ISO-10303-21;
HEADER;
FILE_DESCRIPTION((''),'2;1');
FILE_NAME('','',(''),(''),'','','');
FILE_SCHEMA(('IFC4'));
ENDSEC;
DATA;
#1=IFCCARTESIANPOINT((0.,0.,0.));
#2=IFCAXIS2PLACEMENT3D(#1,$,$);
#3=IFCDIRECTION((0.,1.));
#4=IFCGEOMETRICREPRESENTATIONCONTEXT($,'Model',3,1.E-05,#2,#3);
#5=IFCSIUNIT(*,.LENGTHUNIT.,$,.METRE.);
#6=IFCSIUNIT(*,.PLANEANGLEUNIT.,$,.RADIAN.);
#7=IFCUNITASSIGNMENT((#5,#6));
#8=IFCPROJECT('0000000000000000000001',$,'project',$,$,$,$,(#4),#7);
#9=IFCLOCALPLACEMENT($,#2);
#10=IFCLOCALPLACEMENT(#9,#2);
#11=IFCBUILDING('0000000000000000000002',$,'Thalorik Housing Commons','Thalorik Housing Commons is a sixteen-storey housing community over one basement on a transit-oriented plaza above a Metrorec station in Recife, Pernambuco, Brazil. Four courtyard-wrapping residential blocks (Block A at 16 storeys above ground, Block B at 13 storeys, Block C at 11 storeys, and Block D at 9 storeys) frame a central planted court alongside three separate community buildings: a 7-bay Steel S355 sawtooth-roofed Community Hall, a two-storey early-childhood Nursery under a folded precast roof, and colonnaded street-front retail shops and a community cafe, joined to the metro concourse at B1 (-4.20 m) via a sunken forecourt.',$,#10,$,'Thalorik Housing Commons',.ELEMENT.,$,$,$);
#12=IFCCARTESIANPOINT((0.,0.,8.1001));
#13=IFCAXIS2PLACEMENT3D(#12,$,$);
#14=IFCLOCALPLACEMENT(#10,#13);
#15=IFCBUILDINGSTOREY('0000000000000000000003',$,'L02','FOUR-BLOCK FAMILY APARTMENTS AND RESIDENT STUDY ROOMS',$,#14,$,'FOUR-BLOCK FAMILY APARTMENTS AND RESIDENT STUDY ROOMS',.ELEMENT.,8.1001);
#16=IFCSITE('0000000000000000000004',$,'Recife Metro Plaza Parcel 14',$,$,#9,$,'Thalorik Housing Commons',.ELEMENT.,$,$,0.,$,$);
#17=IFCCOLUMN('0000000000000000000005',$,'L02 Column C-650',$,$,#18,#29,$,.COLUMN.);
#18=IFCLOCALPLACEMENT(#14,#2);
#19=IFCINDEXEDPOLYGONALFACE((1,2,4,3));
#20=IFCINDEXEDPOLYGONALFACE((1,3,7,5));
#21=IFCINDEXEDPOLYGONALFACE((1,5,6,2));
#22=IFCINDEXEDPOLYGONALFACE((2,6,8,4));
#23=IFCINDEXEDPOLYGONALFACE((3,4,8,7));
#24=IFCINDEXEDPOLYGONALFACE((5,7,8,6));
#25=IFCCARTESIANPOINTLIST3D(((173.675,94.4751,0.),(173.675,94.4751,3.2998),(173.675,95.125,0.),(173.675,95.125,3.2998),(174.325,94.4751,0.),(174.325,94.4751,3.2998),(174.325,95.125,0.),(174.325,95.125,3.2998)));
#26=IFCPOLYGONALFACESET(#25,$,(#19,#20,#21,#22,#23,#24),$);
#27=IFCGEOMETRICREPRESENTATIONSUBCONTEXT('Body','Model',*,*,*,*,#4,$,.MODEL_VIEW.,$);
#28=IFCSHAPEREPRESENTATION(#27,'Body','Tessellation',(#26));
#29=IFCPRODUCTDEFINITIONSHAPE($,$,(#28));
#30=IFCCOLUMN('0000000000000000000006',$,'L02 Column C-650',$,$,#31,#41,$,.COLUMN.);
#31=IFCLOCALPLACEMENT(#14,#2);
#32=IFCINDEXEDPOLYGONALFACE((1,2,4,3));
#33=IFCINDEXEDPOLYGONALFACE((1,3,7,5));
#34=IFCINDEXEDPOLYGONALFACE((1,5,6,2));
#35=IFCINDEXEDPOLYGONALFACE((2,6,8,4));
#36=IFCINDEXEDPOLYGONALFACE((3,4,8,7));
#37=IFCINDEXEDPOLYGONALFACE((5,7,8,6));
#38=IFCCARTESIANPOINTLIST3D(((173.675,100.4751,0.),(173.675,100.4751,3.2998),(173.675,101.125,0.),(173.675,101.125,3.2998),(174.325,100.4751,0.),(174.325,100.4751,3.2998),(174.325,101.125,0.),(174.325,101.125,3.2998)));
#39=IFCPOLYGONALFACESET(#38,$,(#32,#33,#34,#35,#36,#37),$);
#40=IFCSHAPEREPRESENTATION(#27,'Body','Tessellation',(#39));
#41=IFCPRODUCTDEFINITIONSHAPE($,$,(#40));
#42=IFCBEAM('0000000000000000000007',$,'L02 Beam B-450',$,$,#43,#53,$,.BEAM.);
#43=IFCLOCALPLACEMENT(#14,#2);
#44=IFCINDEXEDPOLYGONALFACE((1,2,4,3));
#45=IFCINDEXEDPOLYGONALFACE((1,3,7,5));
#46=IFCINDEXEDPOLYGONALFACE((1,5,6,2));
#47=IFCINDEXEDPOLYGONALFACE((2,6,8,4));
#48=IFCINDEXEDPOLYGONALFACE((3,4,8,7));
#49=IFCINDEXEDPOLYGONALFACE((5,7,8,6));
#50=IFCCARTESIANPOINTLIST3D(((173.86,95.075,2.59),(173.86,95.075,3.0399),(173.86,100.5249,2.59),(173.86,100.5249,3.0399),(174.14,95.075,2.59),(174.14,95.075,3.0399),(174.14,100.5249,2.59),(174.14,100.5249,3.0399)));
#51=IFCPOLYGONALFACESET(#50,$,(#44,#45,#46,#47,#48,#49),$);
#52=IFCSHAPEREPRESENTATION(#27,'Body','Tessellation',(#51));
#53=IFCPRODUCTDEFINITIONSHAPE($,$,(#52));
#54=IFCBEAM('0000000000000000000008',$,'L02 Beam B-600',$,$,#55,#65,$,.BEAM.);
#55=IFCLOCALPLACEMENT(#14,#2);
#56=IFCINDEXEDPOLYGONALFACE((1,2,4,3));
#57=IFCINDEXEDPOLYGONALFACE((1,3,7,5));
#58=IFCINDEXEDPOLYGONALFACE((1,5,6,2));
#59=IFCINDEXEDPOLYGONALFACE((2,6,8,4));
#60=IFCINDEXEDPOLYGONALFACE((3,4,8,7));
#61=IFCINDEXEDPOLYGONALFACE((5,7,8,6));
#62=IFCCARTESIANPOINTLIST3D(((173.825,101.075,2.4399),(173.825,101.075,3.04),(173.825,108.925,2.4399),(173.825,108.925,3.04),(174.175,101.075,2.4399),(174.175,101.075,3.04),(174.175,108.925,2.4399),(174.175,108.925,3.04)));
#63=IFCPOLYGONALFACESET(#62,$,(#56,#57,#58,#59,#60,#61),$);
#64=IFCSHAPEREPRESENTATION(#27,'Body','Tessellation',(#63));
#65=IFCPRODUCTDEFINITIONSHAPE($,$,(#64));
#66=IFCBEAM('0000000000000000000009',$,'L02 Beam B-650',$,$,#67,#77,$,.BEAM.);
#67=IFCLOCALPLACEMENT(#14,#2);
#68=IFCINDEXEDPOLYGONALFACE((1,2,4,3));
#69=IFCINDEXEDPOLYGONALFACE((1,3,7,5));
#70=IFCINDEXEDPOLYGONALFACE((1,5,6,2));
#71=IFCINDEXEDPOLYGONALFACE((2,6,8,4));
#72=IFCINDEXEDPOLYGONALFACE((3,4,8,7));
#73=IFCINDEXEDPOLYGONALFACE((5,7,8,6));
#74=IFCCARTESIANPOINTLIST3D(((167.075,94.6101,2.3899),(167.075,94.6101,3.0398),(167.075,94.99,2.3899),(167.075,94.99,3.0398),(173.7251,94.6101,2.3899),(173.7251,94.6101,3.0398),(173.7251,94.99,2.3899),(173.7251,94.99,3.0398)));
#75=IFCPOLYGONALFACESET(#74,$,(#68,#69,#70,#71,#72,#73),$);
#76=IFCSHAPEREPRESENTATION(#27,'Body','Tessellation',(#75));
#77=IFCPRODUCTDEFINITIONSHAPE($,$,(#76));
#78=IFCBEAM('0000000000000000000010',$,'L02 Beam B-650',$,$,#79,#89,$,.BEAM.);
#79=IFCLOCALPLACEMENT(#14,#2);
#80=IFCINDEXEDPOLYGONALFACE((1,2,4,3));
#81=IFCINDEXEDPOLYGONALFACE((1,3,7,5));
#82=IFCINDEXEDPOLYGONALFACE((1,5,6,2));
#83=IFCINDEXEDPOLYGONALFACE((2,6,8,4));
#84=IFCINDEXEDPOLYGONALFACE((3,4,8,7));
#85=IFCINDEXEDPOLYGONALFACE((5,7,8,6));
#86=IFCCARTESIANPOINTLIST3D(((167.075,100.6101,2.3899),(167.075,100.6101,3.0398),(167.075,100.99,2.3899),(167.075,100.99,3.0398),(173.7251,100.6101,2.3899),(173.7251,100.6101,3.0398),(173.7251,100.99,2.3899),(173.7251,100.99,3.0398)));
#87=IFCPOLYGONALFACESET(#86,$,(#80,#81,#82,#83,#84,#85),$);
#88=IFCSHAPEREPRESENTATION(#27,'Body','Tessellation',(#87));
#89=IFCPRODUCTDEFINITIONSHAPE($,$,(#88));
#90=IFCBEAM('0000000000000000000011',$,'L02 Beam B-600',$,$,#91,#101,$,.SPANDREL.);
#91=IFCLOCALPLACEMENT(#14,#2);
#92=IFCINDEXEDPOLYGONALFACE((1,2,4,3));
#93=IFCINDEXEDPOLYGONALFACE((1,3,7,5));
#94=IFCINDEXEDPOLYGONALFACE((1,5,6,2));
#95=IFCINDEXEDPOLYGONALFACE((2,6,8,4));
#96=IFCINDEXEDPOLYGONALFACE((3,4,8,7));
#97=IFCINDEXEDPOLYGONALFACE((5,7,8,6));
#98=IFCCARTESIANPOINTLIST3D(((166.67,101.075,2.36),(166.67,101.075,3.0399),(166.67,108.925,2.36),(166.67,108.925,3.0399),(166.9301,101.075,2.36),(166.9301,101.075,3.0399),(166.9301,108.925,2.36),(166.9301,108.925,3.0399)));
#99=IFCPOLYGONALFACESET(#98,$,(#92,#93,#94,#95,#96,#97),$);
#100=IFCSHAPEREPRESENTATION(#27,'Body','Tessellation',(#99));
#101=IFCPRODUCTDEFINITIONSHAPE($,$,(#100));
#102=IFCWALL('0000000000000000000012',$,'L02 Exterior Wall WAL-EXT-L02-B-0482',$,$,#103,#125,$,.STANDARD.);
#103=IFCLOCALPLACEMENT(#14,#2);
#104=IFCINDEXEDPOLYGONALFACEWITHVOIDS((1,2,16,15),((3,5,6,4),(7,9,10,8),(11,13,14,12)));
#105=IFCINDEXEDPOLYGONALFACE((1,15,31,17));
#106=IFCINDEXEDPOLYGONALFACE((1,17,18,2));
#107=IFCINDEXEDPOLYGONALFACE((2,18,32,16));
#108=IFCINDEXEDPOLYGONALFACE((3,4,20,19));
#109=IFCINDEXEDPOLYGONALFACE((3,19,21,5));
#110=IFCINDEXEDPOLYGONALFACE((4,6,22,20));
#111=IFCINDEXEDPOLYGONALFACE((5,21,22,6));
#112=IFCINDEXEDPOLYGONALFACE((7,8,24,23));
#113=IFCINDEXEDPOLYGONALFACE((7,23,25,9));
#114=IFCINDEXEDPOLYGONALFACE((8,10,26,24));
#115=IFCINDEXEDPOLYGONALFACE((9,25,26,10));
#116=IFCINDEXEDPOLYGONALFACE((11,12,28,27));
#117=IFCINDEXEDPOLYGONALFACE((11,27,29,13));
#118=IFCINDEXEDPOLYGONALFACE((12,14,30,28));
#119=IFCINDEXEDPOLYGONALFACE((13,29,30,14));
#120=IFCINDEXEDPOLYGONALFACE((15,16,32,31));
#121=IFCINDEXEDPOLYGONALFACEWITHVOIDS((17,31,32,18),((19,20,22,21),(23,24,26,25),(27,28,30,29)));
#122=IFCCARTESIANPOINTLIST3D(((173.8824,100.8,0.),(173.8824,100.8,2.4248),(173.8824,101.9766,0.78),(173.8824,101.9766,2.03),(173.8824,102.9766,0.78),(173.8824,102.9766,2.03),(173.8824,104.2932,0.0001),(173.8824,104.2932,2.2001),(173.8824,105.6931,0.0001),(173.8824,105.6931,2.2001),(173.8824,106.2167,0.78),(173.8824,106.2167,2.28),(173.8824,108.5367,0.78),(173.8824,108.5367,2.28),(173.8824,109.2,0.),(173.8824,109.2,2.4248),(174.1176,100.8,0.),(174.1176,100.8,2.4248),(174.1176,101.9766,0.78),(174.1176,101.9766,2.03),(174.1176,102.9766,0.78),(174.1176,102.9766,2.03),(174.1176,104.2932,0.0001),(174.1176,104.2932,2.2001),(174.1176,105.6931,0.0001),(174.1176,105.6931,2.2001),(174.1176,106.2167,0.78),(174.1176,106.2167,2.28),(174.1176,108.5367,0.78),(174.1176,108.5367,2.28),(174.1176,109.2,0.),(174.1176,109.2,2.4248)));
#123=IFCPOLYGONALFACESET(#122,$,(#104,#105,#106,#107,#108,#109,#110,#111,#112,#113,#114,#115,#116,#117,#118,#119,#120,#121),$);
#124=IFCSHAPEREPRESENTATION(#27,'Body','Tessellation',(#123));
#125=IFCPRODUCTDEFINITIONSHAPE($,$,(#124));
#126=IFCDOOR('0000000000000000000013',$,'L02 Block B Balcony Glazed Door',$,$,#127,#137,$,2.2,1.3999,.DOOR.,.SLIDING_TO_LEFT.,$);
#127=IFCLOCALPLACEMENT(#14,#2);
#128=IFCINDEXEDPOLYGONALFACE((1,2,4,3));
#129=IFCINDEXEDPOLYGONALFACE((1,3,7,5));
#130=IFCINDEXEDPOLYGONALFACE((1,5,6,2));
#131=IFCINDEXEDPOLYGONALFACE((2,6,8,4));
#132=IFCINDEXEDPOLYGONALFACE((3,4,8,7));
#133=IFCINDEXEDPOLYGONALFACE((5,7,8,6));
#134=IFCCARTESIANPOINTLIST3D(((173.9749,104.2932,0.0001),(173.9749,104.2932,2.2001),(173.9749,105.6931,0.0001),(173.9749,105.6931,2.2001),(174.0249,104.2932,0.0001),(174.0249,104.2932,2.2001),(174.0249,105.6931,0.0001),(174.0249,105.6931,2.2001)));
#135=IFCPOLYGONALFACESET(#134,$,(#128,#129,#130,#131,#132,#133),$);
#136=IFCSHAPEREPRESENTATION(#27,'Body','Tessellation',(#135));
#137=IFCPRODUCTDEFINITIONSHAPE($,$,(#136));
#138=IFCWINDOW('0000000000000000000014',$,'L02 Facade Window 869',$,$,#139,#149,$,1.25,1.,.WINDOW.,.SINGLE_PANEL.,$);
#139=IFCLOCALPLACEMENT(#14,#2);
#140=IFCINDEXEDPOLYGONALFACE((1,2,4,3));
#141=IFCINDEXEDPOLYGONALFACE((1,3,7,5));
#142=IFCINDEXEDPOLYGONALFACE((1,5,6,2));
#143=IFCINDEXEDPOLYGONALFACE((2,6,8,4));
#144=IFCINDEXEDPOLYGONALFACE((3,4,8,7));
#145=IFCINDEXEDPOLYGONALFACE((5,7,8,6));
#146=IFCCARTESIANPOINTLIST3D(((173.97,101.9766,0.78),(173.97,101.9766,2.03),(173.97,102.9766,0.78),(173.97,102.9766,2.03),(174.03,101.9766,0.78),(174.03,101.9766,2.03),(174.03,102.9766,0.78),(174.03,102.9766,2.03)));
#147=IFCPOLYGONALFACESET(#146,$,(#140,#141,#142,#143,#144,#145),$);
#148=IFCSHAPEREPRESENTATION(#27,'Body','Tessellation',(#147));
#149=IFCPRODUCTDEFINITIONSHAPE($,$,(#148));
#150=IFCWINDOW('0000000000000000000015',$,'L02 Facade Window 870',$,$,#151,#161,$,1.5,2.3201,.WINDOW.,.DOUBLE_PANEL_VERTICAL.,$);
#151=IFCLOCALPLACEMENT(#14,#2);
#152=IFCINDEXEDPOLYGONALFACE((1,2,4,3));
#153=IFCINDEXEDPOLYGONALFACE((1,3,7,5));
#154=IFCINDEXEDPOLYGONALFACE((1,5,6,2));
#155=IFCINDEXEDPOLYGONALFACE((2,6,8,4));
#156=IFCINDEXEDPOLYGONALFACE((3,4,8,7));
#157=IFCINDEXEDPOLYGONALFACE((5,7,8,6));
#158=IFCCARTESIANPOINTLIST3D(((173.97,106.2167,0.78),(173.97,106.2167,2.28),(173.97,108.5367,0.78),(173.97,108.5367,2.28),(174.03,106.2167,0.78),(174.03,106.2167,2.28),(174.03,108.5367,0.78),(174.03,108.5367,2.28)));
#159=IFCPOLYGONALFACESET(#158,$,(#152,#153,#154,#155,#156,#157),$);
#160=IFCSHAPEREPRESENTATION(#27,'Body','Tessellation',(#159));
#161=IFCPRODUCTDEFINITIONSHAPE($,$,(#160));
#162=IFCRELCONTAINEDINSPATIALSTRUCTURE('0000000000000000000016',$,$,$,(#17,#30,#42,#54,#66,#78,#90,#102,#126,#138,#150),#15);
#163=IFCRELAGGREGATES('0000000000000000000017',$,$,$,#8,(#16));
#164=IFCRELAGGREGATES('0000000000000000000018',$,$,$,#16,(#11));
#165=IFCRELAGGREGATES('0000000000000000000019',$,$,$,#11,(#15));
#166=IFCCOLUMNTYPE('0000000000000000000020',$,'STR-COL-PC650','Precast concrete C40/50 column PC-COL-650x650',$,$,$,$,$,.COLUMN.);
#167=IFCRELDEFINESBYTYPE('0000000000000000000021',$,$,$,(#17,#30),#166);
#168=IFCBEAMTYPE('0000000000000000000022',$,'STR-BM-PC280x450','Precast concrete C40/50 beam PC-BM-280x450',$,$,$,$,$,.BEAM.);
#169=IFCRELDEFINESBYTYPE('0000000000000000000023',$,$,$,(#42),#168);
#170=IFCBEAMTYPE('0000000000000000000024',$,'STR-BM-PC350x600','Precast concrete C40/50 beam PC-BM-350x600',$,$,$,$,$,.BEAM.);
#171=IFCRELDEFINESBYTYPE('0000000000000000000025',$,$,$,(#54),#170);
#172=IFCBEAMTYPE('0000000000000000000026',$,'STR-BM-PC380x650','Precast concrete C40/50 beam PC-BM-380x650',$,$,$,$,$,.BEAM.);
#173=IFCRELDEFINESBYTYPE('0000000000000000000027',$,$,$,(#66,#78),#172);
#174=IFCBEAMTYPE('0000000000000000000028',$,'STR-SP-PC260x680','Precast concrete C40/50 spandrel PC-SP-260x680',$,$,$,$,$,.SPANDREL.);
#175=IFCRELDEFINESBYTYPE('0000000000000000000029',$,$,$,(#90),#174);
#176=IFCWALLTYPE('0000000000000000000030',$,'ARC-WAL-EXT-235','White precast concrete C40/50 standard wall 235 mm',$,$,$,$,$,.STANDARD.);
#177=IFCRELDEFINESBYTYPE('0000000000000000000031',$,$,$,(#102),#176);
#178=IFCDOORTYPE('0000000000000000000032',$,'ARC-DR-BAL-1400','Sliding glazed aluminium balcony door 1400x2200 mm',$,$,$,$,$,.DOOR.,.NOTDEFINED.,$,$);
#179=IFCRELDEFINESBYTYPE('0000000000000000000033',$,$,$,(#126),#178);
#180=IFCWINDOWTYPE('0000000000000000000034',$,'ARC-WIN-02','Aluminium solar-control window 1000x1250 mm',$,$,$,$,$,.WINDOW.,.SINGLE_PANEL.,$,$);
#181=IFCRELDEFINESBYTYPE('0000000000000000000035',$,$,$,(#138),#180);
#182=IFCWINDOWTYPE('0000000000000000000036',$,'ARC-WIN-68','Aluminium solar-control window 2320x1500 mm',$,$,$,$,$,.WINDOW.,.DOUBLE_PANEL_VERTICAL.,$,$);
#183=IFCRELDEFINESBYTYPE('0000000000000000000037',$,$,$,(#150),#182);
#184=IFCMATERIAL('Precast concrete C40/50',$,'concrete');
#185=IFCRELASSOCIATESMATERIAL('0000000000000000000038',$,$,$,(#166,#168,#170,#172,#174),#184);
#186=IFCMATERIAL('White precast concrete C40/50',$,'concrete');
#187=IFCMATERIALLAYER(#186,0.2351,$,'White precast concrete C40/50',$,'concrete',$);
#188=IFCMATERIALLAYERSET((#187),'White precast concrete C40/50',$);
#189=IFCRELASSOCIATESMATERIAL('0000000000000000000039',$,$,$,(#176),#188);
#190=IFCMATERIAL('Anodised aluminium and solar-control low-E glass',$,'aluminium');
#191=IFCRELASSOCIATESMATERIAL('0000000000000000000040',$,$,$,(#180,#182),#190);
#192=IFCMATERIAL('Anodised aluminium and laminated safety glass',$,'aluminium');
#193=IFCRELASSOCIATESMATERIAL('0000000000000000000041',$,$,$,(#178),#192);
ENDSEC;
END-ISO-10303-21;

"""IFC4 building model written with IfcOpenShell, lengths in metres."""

from ifc_helpers import new_model, si_unit, direction, frame, frame_2d, origin, origin_2d, place, context, subcontext, project, spatial, rectangle, extrude, material, layer, layer_set, material_profile, profile_set, type_object, element, fill, save


model = new_model("IFC4")

# Units and contexts
model_context = context("Model", 3, precision=1e-05, world=origin(), true_north=direction((0.0, 1.0)))
body_context = subcontext(model_context, "Body", "Model", "MODEL_VIEW")
ifc_project = project(units=[si_unit("LENGTHUNIT", "METRE"), si_unit("PLANEANGLEUNIT", "RADIAN")], contexts=[model_context])

# Site, building, storey
site_placement = place(None, origin())
site = spatial("IfcSite", under=ifc_project, at=site_placement, Name="Recife Metro Plaza Parcel 14", LongName="Thalorik Housing Commons", CompositionType="ELEMENT", RefElevation=0.0)
building_placement = place(site_placement, origin())
building = spatial("IfcBuilding", under=site, at=building_placement, Name="Thalorik Housing Commons", Description="Thalorik Housing Commons is a sixteen-storey housing community over one basement on a transit-oriented plaza above a Metrorec station in Recife, Pernambuco, Brazil. Four courtyard-wrapping residential blocks (Block A at 16 storeys above ground, Block B at 13 storeys, Block C at 11 storeys, and Block D at 9 storeys) frame a central planted court alongside three separate community buildings: a 7-bay Steel S355 sawtooth-roofed Community Hall, a two-storey early-childhood Nursery under a folded precast roof, and colonnaded street-front retail shops and a community cafe, joined to the metro concourse at B1 (-4.20 m) via a sunken forecourt.", LongName="Thalorik Housing Commons", CompositionType="ELEMENT")
storey_placement = place(building_placement, frame((0.0, 0.0, 8.1001)))
storey = spatial("IfcBuildingStorey", under=building, at=storey_placement, Name="L02", Description="FOUR-BLOCK FAMILY APARTMENTS AND RESIDENT STUDY ROOMS", LongName="FOUR-BLOCK FAMILY APARTMENTS AND RESIDENT STUDY ROOMS", CompositionType="ELEMENT", Elevation=8.1001)

# Columns
ifc_material_1 = material(Name="Precast concrete C40/50", Category="concrete")
ifc_material_profile_1 = material_profile(ifc_material_1, rectangle(XDim=0.6499, YDim=0.6499, at=origin_2d()), Name="PC 650x650", Category="concrete")
ifc_profile_set_1 = profile_set([ifc_material_profile_1], Name="Precast concrete C40/50")
column_type = type_object("IfcColumnType", Name="STR-COL-PC650", Description="Precast concrete C40/50 column PC-COL-650x650", PredefinedType="COLUMN", material=ifc_profile_set_1)
for number, where, z_axis, x_axis, name in (
    (1, (174.0, 94.8, 0.0), (0.0, 0.0, 1.0), (1.0, 0.0, 0.0), "L02 Column C-650"),
    (2, (174.0, 100.8, 0.0), (0.0, 0.0, 1.0), (1.0, 0.0, 0.0), "L02 Column C-650"),
):
    element("IfcColumn", number, at=place(storey_placement, frame(where, z_axis=z_axis, x_axis=x_axis)), inside=storey, type_object=column_type, Name=name, PredefinedType="COLUMN", context=body_context, shape_type="SweptSolid", body=[
        extrude(rectangle(XDim=0.6499, YDim=0.6499, at=origin_2d()), origin(), (0.0, 0.0, 1.0), 3.2998),
    ])

# Beams
ifc_material_profile_2 = material_profile(ifc_material_1, rectangle(XDim=0.28, YDim=0.45, at=origin_2d()), Name="PC 280x450", Category="concrete")
ifc_profile_set_2 = profile_set([ifc_material_profile_2], Name="Precast concrete C40/50")
beam_type_1 = type_object("IfcBeamType", Name="STR-BM-PC280x450", Description="Precast concrete C40/50 beam PC-BM-280x450", PredefinedType="BEAM", material=ifc_profile_set_2)
beam_1_placement = place(storey_placement, frame((174.0, 95.075, 2.8149), z_axis=(0.0, 1.0, 0.0), x_axis=(-1.0, 0.0, 0.0)))
element("IfcBeam", 3, at=beam_1_placement, inside=storey, type_object=beam_type_1, Name="L02 Beam B-450", PredefinedType="BEAM", context=body_context, shape_type="SweptSolid", body=[
    extrude(rectangle(XDim=0.28, YDim=0.45, at=origin_2d()), origin(), (0.0, 0.0, 1.0), 5.45),
])
ifc_material_profile_3 = material_profile(ifc_material_1, rectangle(XDim=0.3501, YDim=0.6001, at=origin_2d()), Name="PC 350x600", Category="concrete")
ifc_profile_set_3 = profile_set([ifc_material_profile_3], Name="Precast concrete C40/50")
beam_type_2 = type_object("IfcBeamType", Name="STR-BM-PC350x600", Description="Precast concrete C40/50 beam PC-BM-350x600", PredefinedType="BEAM", material=ifc_profile_set_3)
beam_2_placement = place(storey_placement, frame((174.0, 101.075, 2.74), z_axis=(0.0, 1.0, 0.0), x_axis=(-1.0, 0.0, 0.0)))
element("IfcBeam", 4, at=beam_2_placement, inside=storey, type_object=beam_type_2, Name="L02 Beam B-600", PredefinedType="BEAM", context=body_context, shape_type="SweptSolid", body=[
    extrude(rectangle(XDim=0.3501, YDim=0.6001, at=origin_2d()), origin(), (0.0, 0.0, 1.0), 7.8501),
])
ifc_material_profile_4 = material_profile(ifc_material_1, rectangle(XDim=0.3799, YDim=0.6499, at=origin_2d()), Name="PC 380x650", Category="concrete")
ifc_profile_set_4 = profile_set([ifc_material_profile_4], Name="Precast concrete C40/50")
beam_type_3 = type_object("IfcBeamType", Name="STR-BM-PC380x650", Description="Precast concrete C40/50 beam PC-BM-380x650", PredefinedType="BEAM", material=ifc_profile_set_4)
for number, where, z_axis, x_axis, name in (
    (5, (167.075, 94.8, 2.7148), (1.0, 0.0, 0.0), (0.0, 1.0, 0.0), "L02 Beam B-650"),
    (6, (167.075, 100.8, 2.7148), (1.0, 0.0, 0.0), (0.0, 1.0, 0.0), "L02 Beam B-650"),
):
    element("IfcBeam", number, at=place(storey_placement, frame(where, z_axis=z_axis, x_axis=x_axis)), inside=storey, type_object=beam_type_3, Name=name, PredefinedType="BEAM", context=body_context, shape_type="SweptSolid", body=[
        extrude(rectangle(XDim=0.3799, YDim=0.6499, at=origin_2d()), origin(), (0.0, 0.0, 1.0), 6.6501),
    ])
ifc_material_profile_5 = material_profile(ifc_material_1, rectangle(XDim=0.26, YDim=0.6799, at=origin_2d()), Name="PC SP 260x680", Category="concrete")
ifc_profile_set_5 = profile_set([ifc_material_profile_5], Name="Precast concrete C40/50")
beam_type_4 = type_object("IfcBeamType", Name="STR-SP-PC260x680", Description="Precast concrete C40/50 spandrel PC-SP-260x680", PredefinedType="SPANDREL", material=ifc_profile_set_5)
beam_3_placement = place(storey_placement, frame((166.8, 101.075, 2.7), z_axis=(0.0, 1.0, 0.0), x_axis=(-1.0, 0.0, 0.0)))
element("IfcBeam", 7, at=beam_3_placement, inside=storey, type_object=beam_type_4, Name="L02 Beam B-600", PredefinedType="SPANDREL", context=body_context, shape_type="SweptSolid", body=[
    extrude(rectangle(XDim=0.26, YDim=0.6799, at=origin_2d()), origin(), (0.0, 0.0, 1.0), 7.8501),
])

# Wall, openings, door, windows
ifc_material_2 = material(Name="White precast concrete C40/50", Category="concrete")
ifc_layer_1 = layer(ifc_material_2, 0.2351, Name="White precast concrete C40/50", Category="concrete")
ifc_layer_set_1 = layer_set([ifc_layer_1], Name="White precast concrete C40/50")
wall_type_1 = type_object("IfcWallType", Name="ARC-WAL-EXT-235", Description="White precast concrete C40/50 standard wall 235 mm", PredefinedType="STANDARD", material=ifc_layer_set_1)
ifc_material_3 = material(Name="Anodised aluminium and laminated safety glass", Category="aluminium")
ifc_material_4 = material(Name="Anodised aluminium and solar-control low-E glass", Category="aluminium")
window_type_1 = type_object("IfcWindowType", Name="ARC-WIN-02", Description="Aluminium solar-control window 1000x1250 mm", PartitioningType="SINGLE_PANEL", PredefinedType="WINDOW", material=ifc_material_4)
wall_1_placement = place(storey_placement, frame((174.0, 100.8, 0.0), z_axis=(0.0, 0.0, 1.0), x_axis=(0.0, 1.0, 0.0)))
wall_1 = element("IfcWall", 8, at=wall_1_placement, inside=storey, type_object=wall_type_1, Name="L02 Exterior Wall WAL-EXT-L02-B-0482", PredefinedType="STANDARD", context=body_context, shape_type="SweptSolid", body=[
    extrude(rectangle(XDim=8.3999, YDim=0.2351, at=frame_2d((4.2, 0.0))), origin(), (0.0, 0.0, 1.0), 2.4248),
])
opening_1_placement = place(wall_1_placement, frame((3.4932, 0.0, 0.0)))
opening_1 = element("IfcOpeningElement", 9, at=opening_1_placement, cuts=wall_1, PredefinedType="OPENING", context=body_context, shape_type="SweptSolid", body=[
    extrude(rectangle(XDim=1.3999, YDim=2.2, at=frame_2d((0.7, 1.1001))), frame((0.0, 0.1274, 0.0), z_axis=(0.0, -1.0, 0.0), x_axis=(1.0, 0.0, 0.0)), (0.0, 0.0, 1.0), 0.2551),
])
opening_2_placement = place(wall_1_placement, frame((1.1765, 0.0, 0.78)))
opening_2 = element("IfcOpeningElement", 10, at=opening_2_placement, cuts=wall_1, PredefinedType="OPENING", context=body_context, shape_type="SweptSolid", body=[
    extrude(rectangle(XDim=1.0, YDim=1.25, at=frame_2d((0.5, 0.625))), frame((0.0, 0.1274, 0.0), z_axis=(0.0, -1.0, 0.0), x_axis=(1.0, 0.0, 0.0)), (0.0, 0.0, 1.0), 0.2551),
])
opening_3_placement = place(wall_1_placement, frame((5.4165, 0.0, 0.78)))
opening_3 = element("IfcOpeningElement", 11, at=opening_3_placement, cuts=wall_1, PredefinedType="OPENING", context=body_context, shape_type="SweptSolid", body=[
    extrude(rectangle(XDim=2.3201, YDim=1.5, at=frame_2d((1.1602, 0.75))), frame((0.0, 0.1274, 0.0), z_axis=(0.0, -1.0, 0.0), x_axis=(1.0, 0.0, 0.0)), (0.0, 0.0, 1.0), 0.2551),
])
door_type_1 = type_object("IfcDoorType", Name="ARC-DR-BAL-1400", Description="Sliding glazed aluminium balcony door 1400x2200 mm", OperationType="NOTDEFINED", PredefinedType="DOOR", material=ifc_material_3)
door_1_placement = place(opening_1_placement, frame((1.3999, 0.0, 0.0), z_axis=(0.0, 0.0, 1.0), x_axis=(-1.0, 0.0, 0.0)))
door_1 = element("IfcDoor", 12, at=door_1_placement, inside=storey, type_object=door_type_1, Name="L02 Block B Balcony Glazed Door", OperationType="SLIDING_TO_LEFT", OverallHeight=2.2, OverallWidth=1.3999, PredefinedType="DOOR", context=body_context, shape_type="SweptSolid", body=[
    extrude(rectangle(XDim=1.3999, YDim=2.2, at=frame_2d((0.7, 1.1001))), frame((0.0, 0.0249, 0.0), z_axis=(0.0, -1.0, 0.0), x_axis=(1.0, 0.0, 0.0)), (0.0, 0.0, 1.0), 0.05),
])
fill(opening_1, door_1)
window_1_placement = place(opening_2_placement, origin())
window_1 = element("IfcWindow", 13, at=window_1_placement, inside=storey, type_object=window_type_1, Name="L02 Facade Window 869", OverallHeight=1.25, OverallWidth=1.0, PartitioningType="SINGLE_PANEL", PredefinedType="WINDOW", context=body_context, shape_type="SweptSolid", body=[
    extrude(rectangle(XDim=1.0, YDim=1.25, at=frame_2d((0.5, 0.625))), frame((0.0, 0.03, 0.0), z_axis=(0.0, -1.0, 0.0), x_axis=(1.0, 0.0, 0.0)), (0.0, 0.0, 1.0), 0.0601),
])
fill(opening_2, window_1)
window_type_2 = type_object("IfcWindowType", Name="ARC-WIN-68", Description="Aluminium solar-control window 2320x1500 mm", PartitioningType="DOUBLE_PANEL_VERTICAL", PredefinedType="WINDOW", material=ifc_material_4)
window_2_placement = place(opening_3_placement, origin())
window_2 = element("IfcWindow", 14, at=window_2_placement, inside=storey, type_object=window_type_2, Name="L02 Facade Window 870", OverallHeight=1.5, OverallWidth=2.3201, PartitioningType="DOUBLE_PANEL_VERTICAL", PredefinedType="WINDOW", context=body_context, shape_type="SweptSolid", body=[
    extrude(rectangle(XDim=2.3201, YDim=1.5, at=frame_2d((1.1602, 0.75))), frame((0.0, 0.03, 0.0), z_axis=(0.0, -1.0, 0.0), x_axis=(1.0, 0.0, 0.0)), (0.0, 0.0, 1.0), 0.0601),
])
fill(opening_3, window_2)

save(model, "model.ifc")
